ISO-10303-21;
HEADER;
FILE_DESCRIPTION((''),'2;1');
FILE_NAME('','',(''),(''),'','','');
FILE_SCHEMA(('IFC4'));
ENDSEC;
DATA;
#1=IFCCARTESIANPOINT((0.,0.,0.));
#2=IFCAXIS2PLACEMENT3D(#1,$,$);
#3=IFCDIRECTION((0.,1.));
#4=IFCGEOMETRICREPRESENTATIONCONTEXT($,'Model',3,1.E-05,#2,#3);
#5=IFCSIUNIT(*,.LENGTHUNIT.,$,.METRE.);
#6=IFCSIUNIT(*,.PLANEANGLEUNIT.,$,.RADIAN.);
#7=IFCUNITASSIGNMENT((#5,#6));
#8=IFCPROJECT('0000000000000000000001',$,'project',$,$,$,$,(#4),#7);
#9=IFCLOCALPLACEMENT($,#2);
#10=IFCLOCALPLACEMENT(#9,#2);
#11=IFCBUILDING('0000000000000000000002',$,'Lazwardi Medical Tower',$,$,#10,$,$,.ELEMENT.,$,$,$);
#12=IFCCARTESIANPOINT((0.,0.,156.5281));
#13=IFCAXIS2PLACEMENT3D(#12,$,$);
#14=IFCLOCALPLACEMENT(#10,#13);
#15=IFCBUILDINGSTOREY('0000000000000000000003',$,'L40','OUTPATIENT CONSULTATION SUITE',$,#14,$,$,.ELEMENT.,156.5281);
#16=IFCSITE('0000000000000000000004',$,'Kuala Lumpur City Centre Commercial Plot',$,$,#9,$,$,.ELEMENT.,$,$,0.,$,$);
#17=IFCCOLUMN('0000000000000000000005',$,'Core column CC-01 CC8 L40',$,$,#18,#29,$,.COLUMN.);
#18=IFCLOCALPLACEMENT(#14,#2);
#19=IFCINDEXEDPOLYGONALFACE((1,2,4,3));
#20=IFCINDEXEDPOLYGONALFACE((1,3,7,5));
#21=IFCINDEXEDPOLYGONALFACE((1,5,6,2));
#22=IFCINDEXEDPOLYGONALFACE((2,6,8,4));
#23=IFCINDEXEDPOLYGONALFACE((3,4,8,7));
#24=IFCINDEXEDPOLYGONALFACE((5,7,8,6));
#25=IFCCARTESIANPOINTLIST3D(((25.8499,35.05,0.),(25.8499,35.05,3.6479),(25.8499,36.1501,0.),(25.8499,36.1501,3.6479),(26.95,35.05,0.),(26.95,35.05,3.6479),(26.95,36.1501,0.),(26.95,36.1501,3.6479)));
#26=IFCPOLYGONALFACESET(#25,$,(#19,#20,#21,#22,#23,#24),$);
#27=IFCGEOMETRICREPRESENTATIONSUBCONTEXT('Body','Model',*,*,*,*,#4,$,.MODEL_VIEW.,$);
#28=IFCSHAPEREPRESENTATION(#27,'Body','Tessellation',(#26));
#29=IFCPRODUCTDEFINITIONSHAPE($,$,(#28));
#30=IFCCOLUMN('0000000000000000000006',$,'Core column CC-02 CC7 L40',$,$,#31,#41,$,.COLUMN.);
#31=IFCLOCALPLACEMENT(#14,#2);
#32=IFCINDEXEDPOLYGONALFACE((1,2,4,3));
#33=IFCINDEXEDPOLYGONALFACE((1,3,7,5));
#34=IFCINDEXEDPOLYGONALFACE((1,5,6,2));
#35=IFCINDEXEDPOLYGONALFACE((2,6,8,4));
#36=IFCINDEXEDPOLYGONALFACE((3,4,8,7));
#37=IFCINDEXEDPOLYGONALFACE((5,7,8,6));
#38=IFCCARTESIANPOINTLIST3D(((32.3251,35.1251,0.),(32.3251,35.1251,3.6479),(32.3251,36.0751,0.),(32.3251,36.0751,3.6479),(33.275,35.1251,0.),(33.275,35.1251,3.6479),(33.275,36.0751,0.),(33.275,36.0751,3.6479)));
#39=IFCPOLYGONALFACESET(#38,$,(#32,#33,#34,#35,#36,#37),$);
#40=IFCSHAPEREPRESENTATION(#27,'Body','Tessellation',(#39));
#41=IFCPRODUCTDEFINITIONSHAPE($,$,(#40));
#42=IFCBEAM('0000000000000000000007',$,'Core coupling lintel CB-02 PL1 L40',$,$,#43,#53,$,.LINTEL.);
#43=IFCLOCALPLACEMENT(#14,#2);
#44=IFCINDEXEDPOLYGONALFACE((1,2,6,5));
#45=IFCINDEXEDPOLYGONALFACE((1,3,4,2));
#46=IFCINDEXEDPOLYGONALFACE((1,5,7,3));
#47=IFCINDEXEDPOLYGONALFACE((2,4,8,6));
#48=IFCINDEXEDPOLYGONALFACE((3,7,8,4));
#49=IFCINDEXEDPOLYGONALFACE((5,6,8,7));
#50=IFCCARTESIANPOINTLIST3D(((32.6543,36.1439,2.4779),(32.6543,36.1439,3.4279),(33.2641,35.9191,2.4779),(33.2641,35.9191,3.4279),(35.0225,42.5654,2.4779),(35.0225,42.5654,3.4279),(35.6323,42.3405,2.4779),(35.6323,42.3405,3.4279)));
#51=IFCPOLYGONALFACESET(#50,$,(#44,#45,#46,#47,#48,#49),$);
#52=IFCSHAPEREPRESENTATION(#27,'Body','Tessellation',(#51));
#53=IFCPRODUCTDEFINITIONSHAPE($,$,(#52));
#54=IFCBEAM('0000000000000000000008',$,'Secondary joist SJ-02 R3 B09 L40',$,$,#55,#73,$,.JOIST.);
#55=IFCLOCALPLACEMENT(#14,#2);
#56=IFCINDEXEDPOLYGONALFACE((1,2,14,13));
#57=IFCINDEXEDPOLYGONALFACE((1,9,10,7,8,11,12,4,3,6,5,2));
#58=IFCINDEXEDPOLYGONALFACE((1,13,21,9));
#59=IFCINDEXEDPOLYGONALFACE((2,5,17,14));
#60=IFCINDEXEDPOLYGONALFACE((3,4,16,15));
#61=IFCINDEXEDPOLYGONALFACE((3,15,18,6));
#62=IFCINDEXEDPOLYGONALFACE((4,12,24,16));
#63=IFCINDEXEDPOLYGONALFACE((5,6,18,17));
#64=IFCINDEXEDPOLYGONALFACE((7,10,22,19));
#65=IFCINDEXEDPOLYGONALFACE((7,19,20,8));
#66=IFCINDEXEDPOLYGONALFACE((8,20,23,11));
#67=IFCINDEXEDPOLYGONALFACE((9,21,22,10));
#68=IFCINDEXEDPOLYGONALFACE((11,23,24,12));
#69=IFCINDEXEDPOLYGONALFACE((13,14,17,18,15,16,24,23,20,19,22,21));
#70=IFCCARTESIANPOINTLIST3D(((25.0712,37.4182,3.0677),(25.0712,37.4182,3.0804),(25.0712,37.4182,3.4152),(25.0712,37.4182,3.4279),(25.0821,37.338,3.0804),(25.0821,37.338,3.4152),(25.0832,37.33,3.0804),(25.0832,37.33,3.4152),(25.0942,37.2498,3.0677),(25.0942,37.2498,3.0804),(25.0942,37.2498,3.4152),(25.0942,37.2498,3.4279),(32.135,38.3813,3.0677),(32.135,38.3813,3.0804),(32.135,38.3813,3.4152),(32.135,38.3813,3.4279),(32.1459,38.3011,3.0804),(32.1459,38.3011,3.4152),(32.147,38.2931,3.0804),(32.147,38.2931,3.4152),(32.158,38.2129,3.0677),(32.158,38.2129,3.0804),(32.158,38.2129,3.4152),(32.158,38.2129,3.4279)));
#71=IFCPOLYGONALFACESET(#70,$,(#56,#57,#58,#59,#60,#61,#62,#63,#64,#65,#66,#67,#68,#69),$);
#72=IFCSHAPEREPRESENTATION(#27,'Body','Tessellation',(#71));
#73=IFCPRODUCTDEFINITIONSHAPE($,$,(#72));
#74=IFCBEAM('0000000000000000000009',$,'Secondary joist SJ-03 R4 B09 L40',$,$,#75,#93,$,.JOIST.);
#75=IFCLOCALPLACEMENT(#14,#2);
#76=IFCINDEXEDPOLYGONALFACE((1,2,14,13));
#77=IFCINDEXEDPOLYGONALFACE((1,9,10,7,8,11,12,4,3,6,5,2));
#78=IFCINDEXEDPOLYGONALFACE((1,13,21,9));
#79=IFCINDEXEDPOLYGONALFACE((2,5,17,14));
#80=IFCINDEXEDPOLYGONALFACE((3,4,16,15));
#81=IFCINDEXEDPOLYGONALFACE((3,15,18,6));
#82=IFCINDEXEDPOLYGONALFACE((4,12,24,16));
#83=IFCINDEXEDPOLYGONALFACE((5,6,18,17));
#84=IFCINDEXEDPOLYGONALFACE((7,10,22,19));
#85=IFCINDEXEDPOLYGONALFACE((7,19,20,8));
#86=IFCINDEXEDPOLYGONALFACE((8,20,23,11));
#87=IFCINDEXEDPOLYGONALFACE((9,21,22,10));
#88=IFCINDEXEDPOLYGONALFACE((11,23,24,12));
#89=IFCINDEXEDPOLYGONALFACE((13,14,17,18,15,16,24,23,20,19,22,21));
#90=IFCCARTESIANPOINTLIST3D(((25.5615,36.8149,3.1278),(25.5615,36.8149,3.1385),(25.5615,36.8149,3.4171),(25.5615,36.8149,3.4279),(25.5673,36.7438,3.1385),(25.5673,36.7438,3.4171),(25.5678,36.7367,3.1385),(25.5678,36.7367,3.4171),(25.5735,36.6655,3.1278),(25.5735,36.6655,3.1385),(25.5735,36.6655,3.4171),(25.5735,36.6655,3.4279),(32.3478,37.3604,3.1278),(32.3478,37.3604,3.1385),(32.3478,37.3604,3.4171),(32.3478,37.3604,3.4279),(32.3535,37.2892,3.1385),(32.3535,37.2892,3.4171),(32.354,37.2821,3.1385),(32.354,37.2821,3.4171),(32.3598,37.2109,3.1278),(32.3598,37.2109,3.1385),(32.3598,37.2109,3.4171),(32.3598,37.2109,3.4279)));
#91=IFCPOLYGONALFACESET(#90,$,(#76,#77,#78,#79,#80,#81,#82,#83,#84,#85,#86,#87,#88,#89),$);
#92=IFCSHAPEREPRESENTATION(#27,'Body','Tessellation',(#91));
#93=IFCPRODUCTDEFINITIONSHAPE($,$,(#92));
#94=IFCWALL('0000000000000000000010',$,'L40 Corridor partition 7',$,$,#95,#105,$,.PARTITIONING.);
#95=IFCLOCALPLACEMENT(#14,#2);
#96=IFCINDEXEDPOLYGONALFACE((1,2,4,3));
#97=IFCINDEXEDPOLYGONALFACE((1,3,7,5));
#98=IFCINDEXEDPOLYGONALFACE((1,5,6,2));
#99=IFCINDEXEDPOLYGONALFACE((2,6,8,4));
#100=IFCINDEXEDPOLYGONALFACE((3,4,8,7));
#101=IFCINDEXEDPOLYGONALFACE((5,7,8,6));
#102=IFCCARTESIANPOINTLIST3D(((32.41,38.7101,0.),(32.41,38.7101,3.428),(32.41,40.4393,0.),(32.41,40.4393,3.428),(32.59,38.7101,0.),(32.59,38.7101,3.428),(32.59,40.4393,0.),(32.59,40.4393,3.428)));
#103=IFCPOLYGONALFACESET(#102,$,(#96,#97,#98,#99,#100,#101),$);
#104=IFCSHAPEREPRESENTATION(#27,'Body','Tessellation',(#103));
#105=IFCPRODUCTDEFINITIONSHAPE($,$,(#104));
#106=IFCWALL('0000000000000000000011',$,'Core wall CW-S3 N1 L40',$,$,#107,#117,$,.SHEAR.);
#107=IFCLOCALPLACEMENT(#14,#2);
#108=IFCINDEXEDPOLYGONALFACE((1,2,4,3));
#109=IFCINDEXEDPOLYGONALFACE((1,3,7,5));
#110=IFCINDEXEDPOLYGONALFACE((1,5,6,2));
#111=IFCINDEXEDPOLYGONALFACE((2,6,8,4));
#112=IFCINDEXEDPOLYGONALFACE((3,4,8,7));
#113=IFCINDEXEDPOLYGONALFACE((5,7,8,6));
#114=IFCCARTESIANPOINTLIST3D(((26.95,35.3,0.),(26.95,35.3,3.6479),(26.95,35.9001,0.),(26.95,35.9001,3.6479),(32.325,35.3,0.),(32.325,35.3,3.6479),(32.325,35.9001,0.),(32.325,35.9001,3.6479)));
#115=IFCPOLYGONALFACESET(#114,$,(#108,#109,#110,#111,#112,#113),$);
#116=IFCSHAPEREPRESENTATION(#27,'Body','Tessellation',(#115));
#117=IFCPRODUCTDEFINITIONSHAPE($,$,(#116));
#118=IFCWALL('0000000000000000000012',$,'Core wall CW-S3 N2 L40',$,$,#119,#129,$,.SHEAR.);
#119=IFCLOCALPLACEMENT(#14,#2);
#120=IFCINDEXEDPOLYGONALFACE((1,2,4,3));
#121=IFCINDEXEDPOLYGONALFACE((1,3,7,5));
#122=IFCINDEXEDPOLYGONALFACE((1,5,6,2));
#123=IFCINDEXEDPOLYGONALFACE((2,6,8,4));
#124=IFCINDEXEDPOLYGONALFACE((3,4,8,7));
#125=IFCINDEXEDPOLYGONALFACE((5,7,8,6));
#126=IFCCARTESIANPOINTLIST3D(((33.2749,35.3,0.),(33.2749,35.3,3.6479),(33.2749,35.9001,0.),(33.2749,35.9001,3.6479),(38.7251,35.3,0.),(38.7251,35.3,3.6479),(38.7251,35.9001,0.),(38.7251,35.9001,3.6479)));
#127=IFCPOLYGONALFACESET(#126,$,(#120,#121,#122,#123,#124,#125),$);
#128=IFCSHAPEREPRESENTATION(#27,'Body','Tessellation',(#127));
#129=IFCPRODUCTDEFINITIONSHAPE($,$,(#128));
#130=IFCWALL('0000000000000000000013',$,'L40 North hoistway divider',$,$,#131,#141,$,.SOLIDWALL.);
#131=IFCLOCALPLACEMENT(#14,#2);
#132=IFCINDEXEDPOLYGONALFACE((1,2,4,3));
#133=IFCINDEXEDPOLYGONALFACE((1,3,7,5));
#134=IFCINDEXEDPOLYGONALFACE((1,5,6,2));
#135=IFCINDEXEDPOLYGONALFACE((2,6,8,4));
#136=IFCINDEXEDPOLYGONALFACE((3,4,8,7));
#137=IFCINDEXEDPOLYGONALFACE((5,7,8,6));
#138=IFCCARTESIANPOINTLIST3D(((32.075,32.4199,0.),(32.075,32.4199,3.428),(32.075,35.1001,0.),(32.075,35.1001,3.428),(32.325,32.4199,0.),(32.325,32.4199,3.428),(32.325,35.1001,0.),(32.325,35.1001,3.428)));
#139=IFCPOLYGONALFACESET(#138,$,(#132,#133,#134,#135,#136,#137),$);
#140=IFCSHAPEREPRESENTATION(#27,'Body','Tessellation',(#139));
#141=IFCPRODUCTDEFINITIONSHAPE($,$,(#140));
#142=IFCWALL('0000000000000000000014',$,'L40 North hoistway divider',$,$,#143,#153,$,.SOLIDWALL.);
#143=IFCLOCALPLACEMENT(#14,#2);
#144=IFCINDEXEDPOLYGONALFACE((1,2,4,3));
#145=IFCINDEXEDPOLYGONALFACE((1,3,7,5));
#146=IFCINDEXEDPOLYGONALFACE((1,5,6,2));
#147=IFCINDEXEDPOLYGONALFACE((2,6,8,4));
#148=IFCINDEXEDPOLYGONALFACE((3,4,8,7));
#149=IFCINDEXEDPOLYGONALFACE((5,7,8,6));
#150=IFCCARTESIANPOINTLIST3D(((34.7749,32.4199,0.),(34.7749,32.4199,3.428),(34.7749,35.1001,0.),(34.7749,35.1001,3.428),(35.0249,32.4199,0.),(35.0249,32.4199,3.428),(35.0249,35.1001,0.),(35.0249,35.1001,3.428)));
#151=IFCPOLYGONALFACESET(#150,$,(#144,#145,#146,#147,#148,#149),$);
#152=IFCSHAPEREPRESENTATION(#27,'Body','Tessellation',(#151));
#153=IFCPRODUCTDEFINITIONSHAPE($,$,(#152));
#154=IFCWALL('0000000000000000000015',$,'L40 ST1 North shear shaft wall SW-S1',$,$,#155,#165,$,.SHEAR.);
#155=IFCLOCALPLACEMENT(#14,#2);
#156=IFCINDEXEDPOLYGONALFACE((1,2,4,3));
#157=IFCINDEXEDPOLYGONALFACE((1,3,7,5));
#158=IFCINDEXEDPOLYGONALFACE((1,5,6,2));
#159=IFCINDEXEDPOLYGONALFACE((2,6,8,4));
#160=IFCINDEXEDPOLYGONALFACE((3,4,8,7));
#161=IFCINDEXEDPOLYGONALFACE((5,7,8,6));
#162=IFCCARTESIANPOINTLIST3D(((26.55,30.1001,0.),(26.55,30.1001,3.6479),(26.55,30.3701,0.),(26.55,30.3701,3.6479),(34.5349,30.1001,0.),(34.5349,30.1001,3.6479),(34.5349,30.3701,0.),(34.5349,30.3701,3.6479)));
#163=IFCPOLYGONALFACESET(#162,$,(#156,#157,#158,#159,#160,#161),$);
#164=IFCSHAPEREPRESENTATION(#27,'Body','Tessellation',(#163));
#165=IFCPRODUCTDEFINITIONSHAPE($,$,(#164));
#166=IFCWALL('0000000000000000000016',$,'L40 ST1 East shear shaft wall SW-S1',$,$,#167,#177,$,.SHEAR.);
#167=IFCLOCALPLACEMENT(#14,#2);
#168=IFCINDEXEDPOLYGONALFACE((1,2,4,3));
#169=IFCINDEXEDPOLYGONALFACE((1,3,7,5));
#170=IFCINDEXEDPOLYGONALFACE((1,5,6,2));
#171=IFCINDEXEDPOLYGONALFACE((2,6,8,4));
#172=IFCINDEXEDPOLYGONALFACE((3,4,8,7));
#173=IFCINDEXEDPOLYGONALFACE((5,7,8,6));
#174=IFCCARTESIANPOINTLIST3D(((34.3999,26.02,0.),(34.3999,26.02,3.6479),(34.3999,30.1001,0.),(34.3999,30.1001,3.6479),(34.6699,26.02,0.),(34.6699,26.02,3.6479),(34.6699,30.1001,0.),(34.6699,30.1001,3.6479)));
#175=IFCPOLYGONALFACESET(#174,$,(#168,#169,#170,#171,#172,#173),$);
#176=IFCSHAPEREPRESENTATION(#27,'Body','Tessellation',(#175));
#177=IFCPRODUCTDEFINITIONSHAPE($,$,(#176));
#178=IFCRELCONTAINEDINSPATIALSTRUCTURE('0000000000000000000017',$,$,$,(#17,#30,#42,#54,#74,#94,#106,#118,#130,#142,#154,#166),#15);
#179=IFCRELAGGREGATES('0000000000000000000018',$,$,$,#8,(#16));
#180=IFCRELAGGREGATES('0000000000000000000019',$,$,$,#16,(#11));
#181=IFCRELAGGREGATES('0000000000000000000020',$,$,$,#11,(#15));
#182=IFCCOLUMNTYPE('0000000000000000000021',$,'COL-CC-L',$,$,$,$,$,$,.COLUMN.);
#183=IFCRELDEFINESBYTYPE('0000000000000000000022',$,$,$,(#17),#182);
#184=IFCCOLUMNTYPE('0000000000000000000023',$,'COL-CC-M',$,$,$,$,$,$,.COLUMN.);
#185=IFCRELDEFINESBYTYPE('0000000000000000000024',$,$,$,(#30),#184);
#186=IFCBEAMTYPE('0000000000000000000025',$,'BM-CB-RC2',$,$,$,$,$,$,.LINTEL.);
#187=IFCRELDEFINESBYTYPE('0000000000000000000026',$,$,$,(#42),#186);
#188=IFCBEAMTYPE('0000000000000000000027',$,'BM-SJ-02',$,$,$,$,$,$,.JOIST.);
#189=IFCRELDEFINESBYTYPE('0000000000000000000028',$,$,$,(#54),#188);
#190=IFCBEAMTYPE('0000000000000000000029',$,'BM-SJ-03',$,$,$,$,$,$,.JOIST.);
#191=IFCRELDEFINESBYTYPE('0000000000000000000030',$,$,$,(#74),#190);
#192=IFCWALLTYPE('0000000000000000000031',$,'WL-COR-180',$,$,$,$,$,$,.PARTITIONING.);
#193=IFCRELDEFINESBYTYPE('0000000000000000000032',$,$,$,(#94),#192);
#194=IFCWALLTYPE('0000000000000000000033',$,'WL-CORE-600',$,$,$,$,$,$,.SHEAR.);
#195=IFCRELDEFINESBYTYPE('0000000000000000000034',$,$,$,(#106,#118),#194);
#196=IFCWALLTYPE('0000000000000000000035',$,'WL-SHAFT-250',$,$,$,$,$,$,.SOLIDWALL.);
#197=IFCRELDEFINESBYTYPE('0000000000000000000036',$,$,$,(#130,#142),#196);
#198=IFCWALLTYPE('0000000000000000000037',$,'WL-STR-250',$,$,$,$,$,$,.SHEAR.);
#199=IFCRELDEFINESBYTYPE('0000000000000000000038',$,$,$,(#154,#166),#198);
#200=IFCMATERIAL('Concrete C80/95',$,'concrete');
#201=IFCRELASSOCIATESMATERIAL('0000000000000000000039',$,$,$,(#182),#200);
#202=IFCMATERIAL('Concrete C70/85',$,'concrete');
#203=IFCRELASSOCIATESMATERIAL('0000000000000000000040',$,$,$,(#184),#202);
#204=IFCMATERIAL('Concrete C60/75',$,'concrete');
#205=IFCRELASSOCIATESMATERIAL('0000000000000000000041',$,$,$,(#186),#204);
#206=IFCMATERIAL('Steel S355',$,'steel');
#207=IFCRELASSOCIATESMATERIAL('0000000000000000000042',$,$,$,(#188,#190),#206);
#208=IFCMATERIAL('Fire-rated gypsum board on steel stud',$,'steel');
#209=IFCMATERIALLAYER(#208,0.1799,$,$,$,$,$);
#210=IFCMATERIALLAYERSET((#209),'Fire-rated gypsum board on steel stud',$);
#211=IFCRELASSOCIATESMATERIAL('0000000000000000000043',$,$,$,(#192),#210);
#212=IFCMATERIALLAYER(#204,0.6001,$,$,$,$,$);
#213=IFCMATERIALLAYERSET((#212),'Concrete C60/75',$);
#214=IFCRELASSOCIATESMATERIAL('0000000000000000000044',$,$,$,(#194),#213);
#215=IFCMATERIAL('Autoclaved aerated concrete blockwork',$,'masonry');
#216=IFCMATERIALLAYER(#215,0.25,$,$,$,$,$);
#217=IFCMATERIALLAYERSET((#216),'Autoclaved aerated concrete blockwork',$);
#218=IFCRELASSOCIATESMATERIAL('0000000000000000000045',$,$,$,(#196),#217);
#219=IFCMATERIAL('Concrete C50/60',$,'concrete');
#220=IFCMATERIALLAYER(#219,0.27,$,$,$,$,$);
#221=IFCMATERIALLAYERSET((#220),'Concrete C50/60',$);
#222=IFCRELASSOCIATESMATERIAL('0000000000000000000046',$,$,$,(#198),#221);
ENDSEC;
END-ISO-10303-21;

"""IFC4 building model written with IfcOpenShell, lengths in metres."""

from ifc_helpers import new_model, si_unit, direction, frame, frame_2d, origin, origin_2d, place, context, subcontext, project, spatial, rectangle, i_section, extrude, material, layer, layer_set, material_profile, profile_set, type_object, element, save


model = new_model("IFC4")

# Units and contexts
model_context = context("Model", 3, precision=1e-05, world=origin(), true_north=direction((0.0, 1.0)))
body_context = subcontext(model_context, "Body", "Model", "MODEL_VIEW")
ifc_project = project(units=[si_unit("LENGTHUNIT", "METRE"), si_unit("PLANEANGLEUNIT", "RADIAN")], contexts=[model_context])

# Site, building, storey
site_placement = place(None, origin())
site = spatial("IfcSite", under=ifc_project, at=site_placement, Name="Kuala Lumpur City Centre Commercial Plot", CompositionType="ELEMENT", RefElevation=0.0)
building_placement = place(site_placement, origin())
building = spatial("IfcBuilding", under=site, at=building_placement, Name="Lazwardi Medical Tower", CompositionType="ELEMENT")
storey_placement = place(building_placement, frame((0.0, 0.0, 156.5281)))
storey = spatial("IfcBuildingStorey", under=building, at=storey_placement, Name="L40", Description="OUTPATIENT CONSULTATION SUITE", CompositionType="ELEMENT", Elevation=156.5281)

# Columns
ifc_material_1 = material(Name="Concrete C80/95", Category="concrete")
ifc_material_profile_1 = material_profile(ifc_material_1, rectangle(XDim=1.1001, YDim=1.1001, at=origin_2d()), Name="RC 1100x1100")
ifc_profile_set_1 = profile_set([ifc_material_profile_1], Name="Concrete C80/95")
column_type_1 = type_object("IfcColumnType", Name="COL-CC-L", PredefinedType="COLUMN", material=ifc_profile_set_1)
column_1_placement = place(storey_placement, frame((26.3999, 35.6001, 0.0), z_axis=(0.0, 0.0, 1.0), x_axis=(1.0, 0.0, 0.0)))
element("IfcColumn", 1, at=column_1_placement, inside=storey, type_object=column_type_1, Name="Core column CC-01 CC8 L40", PredefinedType="COLUMN", context=body_context, shape_type="SweptSolid", body=[
    extrude(rectangle(XDim=1.1001, YDim=1.1001, at=origin_2d()), origin(), (0.0, 0.0, 1.0), 3.6479),
])
ifc_material_2 = material(Name="Concrete C70/85", Category="concrete")
ifc_material_profile_2 = material_profile(ifc_material_2, rectangle(XDim=0.95, YDim=0.95, at=origin_2d()), Name="RC 950x950")
ifc_profile_set_2 = profile_set([ifc_material_profile_2], Name="Concrete C70/85")
column_type_2 = type_object("IfcColumnType", Name="COL-CC-M", PredefinedType="COLUMN", material=ifc_profile_set_2)
column_2_placement = place(storey_placement, frame((32.8, 35.6001, 0.0), z_axis=(0.0, 0.0, 1.0), x_axis=(1.0, 0.0, 0.0)))
element("IfcColumn", 2, at=column_2_placement, inside=storey, type_object=column_type_2, Name="Core column CC-02 CC7 L40", PredefinedType="COLUMN", context=body_context, shape_type="SweptSolid", body=[
    extrude(rectangle(XDim=0.95, YDim=0.95, at=origin_2d()), origin(), (0.0, 0.0, 1.0), 3.6479),
])

# Beams
ifc_material_3 = material(Name="Concrete C60/75", Category="concrete")
ifc_material_profile_3 = material_profile(ifc_material_3, rectangle(XDim=0.6499, YDim=0.95, at=origin_2d()), Name="RC 650x950")
ifc_profile_set_3 = profile_set([ifc_material_profile_3], Name="Concrete C60/75")
beam_type_1 = type_object("IfcBeamType", Name="BM-CB-RC2", PredefinedType="LINTEL", material=ifc_profile_set_3)
beam_1_placement = place(storey_placement, frame((32.9592, 36.0315, 2.9529), z_axis=(0.346013, 0.93823, 0.0), x_axis=(-0.93823, 0.346013, 0.0)))
element("IfcBeam", 3, at=beam_1_placement, inside=storey, type_object=beam_type_1, Name="Core coupling lintel CB-02 PL1 L40", PredefinedType="LINTEL", context=body_context, shape_type="SweptSolid", body=[
    extrude(rectangle(XDim=0.6499, YDim=0.95, at=origin_2d()), origin(), (0.0, 0.0, 1.0), 6.8442),
])
ifc_material_4 = material(Name="Steel S355", Category="steel")
ifc_material_profile_4 = material_profile(ifc_material_4, i_section(OverallWidth=0.1699, OverallDepth=0.3601, WebThickness=0.0081, FlangeThickness=0.0127, at=origin_2d()), Name="IPE 360")
ifc_profile_set_4 = profile_set([ifc_material_profile_4], Name="Steel S355")
beam_type_2 = type_object("IfcBeamType", Name="BM-SJ-02", PredefinedType="JOIST", material=ifc_profile_set_4)
beam_2_placement = place(storey_placement, frame((32.1465, 38.2971, 3.2478), z_axis=(-0.990832, -0.135099, 0.0), x_axis=(0.135099, -0.990832, 0.0)))
element("IfcBeam", 4, at=beam_2_placement, inside=storey, type_object=beam_type_2, Name="Secondary joist SJ-02 R3 B09 L40", PredefinedType="JOIST", context=body_context, shape_type="SweptSolid", body=[
    extrude(i_section(OverallWidth=0.1699, OverallDepth=0.3601, WebThickness=0.0081, FlangeThickness=0.0127, at=origin_2d()), origin(), (0.0, 0.0, 1.0), 7.1292),
])
ifc_material_profile_5 = material_profile(ifc_material_4, i_section(OverallWidth=0.1499, OverallDepth=0.3, WebThickness=0.0071, FlangeThickness=0.0107, at=origin_2d()), Name="IPE 300")
ifc_profile_set_5 = profile_set([ifc_material_profile_5], Name="Steel S355")
beam_type_3 = type_object("IfcBeamType", Name="BM-SJ-03", PredefinedType="JOIST", material=ifc_profile_set_5)
beam_3_placement = place(storey_placement, frame((32.3538, 37.2856, 3.2778), z_axis=(-0.996786, -0.080113, 0.0), x_axis=(0.080113, -0.996786, 0.0)))
element("IfcBeam", 5, at=beam_3_placement, inside=storey, type_object=beam_type_3, Name="Secondary joist SJ-03 R4 B09 L40", PredefinedType="JOIST", context=body_context, shape_type="SweptSolid", body=[
    extrude(i_section(OverallWidth=0.1499, OverallDepth=0.3, WebThickness=0.0071, FlangeThickness=0.0107, at=origin_2d()), origin(), (0.0, 0.0, 1.0), 6.8081),
])

# Walls
ifc_material_5 = material(Name="Fire-rated gypsum board on steel stud", Category="steel")
ifc_layer_1 = layer(ifc_material_5, 0.1799)
ifc_layer_set_1 = layer_set([ifc_layer_1], Name="Fire-rated gypsum board on steel stud")
wall_type_1 = type_object("IfcWallType", Name="WL-COR-180", PredefinedType="PARTITIONING", material=ifc_layer_set_1)
wall_1_placement = place(storey_placement, frame((32.5, 38.71, 0.0), z_axis=(0.0, 0.0, 1.0), x_axis=(0.0, 1.0, 0.0)))
element("IfcWall", 6, at=wall_1_placement, inside=storey, type_object=wall_type_1, Name="L40 Corridor partition 7", PredefinedType="PARTITIONING", context=body_context, shape_type="SweptSolid", body=[
    extrude(rectangle(XDim=1.7292, YDim=0.1799, at=frame_2d((0.8647, 0.0))), origin(), (0.0, 0.0, 1.0), 3.428),
])
ifc_layer_2 = layer(ifc_material_3, 0.6001)
ifc_layer_set_2 = layer_set([ifc_layer_2], Name="Concrete C60/75")
wall_type_2 = type_object("IfcWallType", Name="WL-CORE-600", PredefinedType="SHEAR", material=ifc_layer_set_2)
wall_2_placement = place(storey_placement, frame((26.95, 35.6001, 0.0), z_axis=(0.0, 0.0, 1.0), x_axis=(1.0, 0.0, 0.0)))
element("IfcWall", 7, at=wall_2_placement, inside=storey, type_object=wall_type_2, Name="Core wall CW-S3 N1 L40", PredefinedType="SHEAR", context=body_context, shape_type="SweptSolid", body=[
    extrude(rectangle(XDim=5.375, YDim=0.6001, at=frame_2d((2.6875, 0.0))), origin(), (0.0, 0.0, 1.0), 3.6479),
])
wall_3_placement = place(storey_placement, frame((33.2749, 35.6001, 0.0), z_axis=(0.0, 0.0, 1.0), x_axis=(1.0, 0.0, 0.0)))
element("IfcWall", 8, at=wall_3_placement, inside=storey, type_object=wall_type_2, Name="Core wall CW-S3 N2 L40", PredefinedType="SHEAR", context=body_context, shape_type="SweptSolid", body=[
    extrude(rectangle(XDim=5.4502, YDim=0.6001, at=frame_2d((2.7251, 0.0))), origin(), (0.0, 0.0, 1.0), 3.6479),
])
ifc_material_6 = material(Name="Autoclaved aerated concrete blockwork", Category="masonry")
ifc_layer_3 = layer(ifc_material_6, 0.25)
ifc_layer_set_3 = layer_set([ifc_layer_3], Name="Autoclaved aerated concrete blockwork")
wall_type_3 = type_object("IfcWallType", Name="WL-SHAFT-250", PredefinedType="SOLIDWALL", material=ifc_layer_set_3)
for number, where, z_axis, x_axis, name in (
    (9, (32.2, 32.4199, 0.0), (0.0, 0.0, 1.0), (0.0, 1.0, 0.0), "L40 North hoistway divider"),
    (10, (34.8999, 32.4199, 0.0), (0.0, 0.0, 1.0), (0.0, 1.0, 0.0), "L40 North hoistway divider"),
):
    element("IfcWall", number, at=place(storey_placement, frame(where, z_axis=z_axis, x_axis=x_axis)), inside=storey, type_object=wall_type_3, Name=name, PredefinedType="SOLIDWALL", context=body_context, shape_type="SweptSolid", body=[
        extrude(rectangle(XDim=2.6802, YDim=0.25, at=frame_2d((1.3401, 0.0))), origin(), (0.0, 0.0, 1.0), 3.428),
    ])
ifc_material_7 = material(Name="Concrete C50/60", Category="concrete")
ifc_layer_4 = layer(ifc_material_7, 0.27)
ifc_layer_set_4 = layer_set([ifc_layer_4], Name="Concrete C50/60")
wall_type_4 = type_object("IfcWallType", Name="WL-STR-250", PredefinedType="SHEAR", material=ifc_layer_set_4)
wall_4_placement = place(storey_placement, frame((26.55, 30.2351, 0.0), z_axis=(0.0, 0.0, 1.0), x_axis=(1.0, 0.0, 0.0)))
element("IfcWall", 11, at=wall_4_placement, inside=storey, type_object=wall_type_4, Name="L40 ST1 North shear shaft wall SW-S1", PredefinedType="SHEAR", context=body_context, shape_type="SweptSolid", body=[
    extrude(rectangle(XDim=7.9849, YDim=0.27, at=frame_2d((3.9924, 0.0))), origin(), (0.0, 0.0, 1.0), 3.6479),
])

# Wall
wall_5_placement = place(storey_placement, frame((34.5349, 26.02, 0.0), z_axis=(0.0, 0.0, 1.0), x_axis=(0.0, 1.0, 0.0)))
element("IfcWall", 12, at=wall_5_placement, inside=storey, type_object=wall_type_4, Name="L40 ST1 East shear shaft wall SW-S1", PredefinedType="SHEAR", context=body_context, shape_type="SweptSolid", body=[
    extrude(rectangle(XDim=4.0801, YDim=0.27, at=frame_2d((2.04, 0.0))), origin(), (0.0, 0.0, 1.0), 3.6479),
])

save(model, "model.ifc")
